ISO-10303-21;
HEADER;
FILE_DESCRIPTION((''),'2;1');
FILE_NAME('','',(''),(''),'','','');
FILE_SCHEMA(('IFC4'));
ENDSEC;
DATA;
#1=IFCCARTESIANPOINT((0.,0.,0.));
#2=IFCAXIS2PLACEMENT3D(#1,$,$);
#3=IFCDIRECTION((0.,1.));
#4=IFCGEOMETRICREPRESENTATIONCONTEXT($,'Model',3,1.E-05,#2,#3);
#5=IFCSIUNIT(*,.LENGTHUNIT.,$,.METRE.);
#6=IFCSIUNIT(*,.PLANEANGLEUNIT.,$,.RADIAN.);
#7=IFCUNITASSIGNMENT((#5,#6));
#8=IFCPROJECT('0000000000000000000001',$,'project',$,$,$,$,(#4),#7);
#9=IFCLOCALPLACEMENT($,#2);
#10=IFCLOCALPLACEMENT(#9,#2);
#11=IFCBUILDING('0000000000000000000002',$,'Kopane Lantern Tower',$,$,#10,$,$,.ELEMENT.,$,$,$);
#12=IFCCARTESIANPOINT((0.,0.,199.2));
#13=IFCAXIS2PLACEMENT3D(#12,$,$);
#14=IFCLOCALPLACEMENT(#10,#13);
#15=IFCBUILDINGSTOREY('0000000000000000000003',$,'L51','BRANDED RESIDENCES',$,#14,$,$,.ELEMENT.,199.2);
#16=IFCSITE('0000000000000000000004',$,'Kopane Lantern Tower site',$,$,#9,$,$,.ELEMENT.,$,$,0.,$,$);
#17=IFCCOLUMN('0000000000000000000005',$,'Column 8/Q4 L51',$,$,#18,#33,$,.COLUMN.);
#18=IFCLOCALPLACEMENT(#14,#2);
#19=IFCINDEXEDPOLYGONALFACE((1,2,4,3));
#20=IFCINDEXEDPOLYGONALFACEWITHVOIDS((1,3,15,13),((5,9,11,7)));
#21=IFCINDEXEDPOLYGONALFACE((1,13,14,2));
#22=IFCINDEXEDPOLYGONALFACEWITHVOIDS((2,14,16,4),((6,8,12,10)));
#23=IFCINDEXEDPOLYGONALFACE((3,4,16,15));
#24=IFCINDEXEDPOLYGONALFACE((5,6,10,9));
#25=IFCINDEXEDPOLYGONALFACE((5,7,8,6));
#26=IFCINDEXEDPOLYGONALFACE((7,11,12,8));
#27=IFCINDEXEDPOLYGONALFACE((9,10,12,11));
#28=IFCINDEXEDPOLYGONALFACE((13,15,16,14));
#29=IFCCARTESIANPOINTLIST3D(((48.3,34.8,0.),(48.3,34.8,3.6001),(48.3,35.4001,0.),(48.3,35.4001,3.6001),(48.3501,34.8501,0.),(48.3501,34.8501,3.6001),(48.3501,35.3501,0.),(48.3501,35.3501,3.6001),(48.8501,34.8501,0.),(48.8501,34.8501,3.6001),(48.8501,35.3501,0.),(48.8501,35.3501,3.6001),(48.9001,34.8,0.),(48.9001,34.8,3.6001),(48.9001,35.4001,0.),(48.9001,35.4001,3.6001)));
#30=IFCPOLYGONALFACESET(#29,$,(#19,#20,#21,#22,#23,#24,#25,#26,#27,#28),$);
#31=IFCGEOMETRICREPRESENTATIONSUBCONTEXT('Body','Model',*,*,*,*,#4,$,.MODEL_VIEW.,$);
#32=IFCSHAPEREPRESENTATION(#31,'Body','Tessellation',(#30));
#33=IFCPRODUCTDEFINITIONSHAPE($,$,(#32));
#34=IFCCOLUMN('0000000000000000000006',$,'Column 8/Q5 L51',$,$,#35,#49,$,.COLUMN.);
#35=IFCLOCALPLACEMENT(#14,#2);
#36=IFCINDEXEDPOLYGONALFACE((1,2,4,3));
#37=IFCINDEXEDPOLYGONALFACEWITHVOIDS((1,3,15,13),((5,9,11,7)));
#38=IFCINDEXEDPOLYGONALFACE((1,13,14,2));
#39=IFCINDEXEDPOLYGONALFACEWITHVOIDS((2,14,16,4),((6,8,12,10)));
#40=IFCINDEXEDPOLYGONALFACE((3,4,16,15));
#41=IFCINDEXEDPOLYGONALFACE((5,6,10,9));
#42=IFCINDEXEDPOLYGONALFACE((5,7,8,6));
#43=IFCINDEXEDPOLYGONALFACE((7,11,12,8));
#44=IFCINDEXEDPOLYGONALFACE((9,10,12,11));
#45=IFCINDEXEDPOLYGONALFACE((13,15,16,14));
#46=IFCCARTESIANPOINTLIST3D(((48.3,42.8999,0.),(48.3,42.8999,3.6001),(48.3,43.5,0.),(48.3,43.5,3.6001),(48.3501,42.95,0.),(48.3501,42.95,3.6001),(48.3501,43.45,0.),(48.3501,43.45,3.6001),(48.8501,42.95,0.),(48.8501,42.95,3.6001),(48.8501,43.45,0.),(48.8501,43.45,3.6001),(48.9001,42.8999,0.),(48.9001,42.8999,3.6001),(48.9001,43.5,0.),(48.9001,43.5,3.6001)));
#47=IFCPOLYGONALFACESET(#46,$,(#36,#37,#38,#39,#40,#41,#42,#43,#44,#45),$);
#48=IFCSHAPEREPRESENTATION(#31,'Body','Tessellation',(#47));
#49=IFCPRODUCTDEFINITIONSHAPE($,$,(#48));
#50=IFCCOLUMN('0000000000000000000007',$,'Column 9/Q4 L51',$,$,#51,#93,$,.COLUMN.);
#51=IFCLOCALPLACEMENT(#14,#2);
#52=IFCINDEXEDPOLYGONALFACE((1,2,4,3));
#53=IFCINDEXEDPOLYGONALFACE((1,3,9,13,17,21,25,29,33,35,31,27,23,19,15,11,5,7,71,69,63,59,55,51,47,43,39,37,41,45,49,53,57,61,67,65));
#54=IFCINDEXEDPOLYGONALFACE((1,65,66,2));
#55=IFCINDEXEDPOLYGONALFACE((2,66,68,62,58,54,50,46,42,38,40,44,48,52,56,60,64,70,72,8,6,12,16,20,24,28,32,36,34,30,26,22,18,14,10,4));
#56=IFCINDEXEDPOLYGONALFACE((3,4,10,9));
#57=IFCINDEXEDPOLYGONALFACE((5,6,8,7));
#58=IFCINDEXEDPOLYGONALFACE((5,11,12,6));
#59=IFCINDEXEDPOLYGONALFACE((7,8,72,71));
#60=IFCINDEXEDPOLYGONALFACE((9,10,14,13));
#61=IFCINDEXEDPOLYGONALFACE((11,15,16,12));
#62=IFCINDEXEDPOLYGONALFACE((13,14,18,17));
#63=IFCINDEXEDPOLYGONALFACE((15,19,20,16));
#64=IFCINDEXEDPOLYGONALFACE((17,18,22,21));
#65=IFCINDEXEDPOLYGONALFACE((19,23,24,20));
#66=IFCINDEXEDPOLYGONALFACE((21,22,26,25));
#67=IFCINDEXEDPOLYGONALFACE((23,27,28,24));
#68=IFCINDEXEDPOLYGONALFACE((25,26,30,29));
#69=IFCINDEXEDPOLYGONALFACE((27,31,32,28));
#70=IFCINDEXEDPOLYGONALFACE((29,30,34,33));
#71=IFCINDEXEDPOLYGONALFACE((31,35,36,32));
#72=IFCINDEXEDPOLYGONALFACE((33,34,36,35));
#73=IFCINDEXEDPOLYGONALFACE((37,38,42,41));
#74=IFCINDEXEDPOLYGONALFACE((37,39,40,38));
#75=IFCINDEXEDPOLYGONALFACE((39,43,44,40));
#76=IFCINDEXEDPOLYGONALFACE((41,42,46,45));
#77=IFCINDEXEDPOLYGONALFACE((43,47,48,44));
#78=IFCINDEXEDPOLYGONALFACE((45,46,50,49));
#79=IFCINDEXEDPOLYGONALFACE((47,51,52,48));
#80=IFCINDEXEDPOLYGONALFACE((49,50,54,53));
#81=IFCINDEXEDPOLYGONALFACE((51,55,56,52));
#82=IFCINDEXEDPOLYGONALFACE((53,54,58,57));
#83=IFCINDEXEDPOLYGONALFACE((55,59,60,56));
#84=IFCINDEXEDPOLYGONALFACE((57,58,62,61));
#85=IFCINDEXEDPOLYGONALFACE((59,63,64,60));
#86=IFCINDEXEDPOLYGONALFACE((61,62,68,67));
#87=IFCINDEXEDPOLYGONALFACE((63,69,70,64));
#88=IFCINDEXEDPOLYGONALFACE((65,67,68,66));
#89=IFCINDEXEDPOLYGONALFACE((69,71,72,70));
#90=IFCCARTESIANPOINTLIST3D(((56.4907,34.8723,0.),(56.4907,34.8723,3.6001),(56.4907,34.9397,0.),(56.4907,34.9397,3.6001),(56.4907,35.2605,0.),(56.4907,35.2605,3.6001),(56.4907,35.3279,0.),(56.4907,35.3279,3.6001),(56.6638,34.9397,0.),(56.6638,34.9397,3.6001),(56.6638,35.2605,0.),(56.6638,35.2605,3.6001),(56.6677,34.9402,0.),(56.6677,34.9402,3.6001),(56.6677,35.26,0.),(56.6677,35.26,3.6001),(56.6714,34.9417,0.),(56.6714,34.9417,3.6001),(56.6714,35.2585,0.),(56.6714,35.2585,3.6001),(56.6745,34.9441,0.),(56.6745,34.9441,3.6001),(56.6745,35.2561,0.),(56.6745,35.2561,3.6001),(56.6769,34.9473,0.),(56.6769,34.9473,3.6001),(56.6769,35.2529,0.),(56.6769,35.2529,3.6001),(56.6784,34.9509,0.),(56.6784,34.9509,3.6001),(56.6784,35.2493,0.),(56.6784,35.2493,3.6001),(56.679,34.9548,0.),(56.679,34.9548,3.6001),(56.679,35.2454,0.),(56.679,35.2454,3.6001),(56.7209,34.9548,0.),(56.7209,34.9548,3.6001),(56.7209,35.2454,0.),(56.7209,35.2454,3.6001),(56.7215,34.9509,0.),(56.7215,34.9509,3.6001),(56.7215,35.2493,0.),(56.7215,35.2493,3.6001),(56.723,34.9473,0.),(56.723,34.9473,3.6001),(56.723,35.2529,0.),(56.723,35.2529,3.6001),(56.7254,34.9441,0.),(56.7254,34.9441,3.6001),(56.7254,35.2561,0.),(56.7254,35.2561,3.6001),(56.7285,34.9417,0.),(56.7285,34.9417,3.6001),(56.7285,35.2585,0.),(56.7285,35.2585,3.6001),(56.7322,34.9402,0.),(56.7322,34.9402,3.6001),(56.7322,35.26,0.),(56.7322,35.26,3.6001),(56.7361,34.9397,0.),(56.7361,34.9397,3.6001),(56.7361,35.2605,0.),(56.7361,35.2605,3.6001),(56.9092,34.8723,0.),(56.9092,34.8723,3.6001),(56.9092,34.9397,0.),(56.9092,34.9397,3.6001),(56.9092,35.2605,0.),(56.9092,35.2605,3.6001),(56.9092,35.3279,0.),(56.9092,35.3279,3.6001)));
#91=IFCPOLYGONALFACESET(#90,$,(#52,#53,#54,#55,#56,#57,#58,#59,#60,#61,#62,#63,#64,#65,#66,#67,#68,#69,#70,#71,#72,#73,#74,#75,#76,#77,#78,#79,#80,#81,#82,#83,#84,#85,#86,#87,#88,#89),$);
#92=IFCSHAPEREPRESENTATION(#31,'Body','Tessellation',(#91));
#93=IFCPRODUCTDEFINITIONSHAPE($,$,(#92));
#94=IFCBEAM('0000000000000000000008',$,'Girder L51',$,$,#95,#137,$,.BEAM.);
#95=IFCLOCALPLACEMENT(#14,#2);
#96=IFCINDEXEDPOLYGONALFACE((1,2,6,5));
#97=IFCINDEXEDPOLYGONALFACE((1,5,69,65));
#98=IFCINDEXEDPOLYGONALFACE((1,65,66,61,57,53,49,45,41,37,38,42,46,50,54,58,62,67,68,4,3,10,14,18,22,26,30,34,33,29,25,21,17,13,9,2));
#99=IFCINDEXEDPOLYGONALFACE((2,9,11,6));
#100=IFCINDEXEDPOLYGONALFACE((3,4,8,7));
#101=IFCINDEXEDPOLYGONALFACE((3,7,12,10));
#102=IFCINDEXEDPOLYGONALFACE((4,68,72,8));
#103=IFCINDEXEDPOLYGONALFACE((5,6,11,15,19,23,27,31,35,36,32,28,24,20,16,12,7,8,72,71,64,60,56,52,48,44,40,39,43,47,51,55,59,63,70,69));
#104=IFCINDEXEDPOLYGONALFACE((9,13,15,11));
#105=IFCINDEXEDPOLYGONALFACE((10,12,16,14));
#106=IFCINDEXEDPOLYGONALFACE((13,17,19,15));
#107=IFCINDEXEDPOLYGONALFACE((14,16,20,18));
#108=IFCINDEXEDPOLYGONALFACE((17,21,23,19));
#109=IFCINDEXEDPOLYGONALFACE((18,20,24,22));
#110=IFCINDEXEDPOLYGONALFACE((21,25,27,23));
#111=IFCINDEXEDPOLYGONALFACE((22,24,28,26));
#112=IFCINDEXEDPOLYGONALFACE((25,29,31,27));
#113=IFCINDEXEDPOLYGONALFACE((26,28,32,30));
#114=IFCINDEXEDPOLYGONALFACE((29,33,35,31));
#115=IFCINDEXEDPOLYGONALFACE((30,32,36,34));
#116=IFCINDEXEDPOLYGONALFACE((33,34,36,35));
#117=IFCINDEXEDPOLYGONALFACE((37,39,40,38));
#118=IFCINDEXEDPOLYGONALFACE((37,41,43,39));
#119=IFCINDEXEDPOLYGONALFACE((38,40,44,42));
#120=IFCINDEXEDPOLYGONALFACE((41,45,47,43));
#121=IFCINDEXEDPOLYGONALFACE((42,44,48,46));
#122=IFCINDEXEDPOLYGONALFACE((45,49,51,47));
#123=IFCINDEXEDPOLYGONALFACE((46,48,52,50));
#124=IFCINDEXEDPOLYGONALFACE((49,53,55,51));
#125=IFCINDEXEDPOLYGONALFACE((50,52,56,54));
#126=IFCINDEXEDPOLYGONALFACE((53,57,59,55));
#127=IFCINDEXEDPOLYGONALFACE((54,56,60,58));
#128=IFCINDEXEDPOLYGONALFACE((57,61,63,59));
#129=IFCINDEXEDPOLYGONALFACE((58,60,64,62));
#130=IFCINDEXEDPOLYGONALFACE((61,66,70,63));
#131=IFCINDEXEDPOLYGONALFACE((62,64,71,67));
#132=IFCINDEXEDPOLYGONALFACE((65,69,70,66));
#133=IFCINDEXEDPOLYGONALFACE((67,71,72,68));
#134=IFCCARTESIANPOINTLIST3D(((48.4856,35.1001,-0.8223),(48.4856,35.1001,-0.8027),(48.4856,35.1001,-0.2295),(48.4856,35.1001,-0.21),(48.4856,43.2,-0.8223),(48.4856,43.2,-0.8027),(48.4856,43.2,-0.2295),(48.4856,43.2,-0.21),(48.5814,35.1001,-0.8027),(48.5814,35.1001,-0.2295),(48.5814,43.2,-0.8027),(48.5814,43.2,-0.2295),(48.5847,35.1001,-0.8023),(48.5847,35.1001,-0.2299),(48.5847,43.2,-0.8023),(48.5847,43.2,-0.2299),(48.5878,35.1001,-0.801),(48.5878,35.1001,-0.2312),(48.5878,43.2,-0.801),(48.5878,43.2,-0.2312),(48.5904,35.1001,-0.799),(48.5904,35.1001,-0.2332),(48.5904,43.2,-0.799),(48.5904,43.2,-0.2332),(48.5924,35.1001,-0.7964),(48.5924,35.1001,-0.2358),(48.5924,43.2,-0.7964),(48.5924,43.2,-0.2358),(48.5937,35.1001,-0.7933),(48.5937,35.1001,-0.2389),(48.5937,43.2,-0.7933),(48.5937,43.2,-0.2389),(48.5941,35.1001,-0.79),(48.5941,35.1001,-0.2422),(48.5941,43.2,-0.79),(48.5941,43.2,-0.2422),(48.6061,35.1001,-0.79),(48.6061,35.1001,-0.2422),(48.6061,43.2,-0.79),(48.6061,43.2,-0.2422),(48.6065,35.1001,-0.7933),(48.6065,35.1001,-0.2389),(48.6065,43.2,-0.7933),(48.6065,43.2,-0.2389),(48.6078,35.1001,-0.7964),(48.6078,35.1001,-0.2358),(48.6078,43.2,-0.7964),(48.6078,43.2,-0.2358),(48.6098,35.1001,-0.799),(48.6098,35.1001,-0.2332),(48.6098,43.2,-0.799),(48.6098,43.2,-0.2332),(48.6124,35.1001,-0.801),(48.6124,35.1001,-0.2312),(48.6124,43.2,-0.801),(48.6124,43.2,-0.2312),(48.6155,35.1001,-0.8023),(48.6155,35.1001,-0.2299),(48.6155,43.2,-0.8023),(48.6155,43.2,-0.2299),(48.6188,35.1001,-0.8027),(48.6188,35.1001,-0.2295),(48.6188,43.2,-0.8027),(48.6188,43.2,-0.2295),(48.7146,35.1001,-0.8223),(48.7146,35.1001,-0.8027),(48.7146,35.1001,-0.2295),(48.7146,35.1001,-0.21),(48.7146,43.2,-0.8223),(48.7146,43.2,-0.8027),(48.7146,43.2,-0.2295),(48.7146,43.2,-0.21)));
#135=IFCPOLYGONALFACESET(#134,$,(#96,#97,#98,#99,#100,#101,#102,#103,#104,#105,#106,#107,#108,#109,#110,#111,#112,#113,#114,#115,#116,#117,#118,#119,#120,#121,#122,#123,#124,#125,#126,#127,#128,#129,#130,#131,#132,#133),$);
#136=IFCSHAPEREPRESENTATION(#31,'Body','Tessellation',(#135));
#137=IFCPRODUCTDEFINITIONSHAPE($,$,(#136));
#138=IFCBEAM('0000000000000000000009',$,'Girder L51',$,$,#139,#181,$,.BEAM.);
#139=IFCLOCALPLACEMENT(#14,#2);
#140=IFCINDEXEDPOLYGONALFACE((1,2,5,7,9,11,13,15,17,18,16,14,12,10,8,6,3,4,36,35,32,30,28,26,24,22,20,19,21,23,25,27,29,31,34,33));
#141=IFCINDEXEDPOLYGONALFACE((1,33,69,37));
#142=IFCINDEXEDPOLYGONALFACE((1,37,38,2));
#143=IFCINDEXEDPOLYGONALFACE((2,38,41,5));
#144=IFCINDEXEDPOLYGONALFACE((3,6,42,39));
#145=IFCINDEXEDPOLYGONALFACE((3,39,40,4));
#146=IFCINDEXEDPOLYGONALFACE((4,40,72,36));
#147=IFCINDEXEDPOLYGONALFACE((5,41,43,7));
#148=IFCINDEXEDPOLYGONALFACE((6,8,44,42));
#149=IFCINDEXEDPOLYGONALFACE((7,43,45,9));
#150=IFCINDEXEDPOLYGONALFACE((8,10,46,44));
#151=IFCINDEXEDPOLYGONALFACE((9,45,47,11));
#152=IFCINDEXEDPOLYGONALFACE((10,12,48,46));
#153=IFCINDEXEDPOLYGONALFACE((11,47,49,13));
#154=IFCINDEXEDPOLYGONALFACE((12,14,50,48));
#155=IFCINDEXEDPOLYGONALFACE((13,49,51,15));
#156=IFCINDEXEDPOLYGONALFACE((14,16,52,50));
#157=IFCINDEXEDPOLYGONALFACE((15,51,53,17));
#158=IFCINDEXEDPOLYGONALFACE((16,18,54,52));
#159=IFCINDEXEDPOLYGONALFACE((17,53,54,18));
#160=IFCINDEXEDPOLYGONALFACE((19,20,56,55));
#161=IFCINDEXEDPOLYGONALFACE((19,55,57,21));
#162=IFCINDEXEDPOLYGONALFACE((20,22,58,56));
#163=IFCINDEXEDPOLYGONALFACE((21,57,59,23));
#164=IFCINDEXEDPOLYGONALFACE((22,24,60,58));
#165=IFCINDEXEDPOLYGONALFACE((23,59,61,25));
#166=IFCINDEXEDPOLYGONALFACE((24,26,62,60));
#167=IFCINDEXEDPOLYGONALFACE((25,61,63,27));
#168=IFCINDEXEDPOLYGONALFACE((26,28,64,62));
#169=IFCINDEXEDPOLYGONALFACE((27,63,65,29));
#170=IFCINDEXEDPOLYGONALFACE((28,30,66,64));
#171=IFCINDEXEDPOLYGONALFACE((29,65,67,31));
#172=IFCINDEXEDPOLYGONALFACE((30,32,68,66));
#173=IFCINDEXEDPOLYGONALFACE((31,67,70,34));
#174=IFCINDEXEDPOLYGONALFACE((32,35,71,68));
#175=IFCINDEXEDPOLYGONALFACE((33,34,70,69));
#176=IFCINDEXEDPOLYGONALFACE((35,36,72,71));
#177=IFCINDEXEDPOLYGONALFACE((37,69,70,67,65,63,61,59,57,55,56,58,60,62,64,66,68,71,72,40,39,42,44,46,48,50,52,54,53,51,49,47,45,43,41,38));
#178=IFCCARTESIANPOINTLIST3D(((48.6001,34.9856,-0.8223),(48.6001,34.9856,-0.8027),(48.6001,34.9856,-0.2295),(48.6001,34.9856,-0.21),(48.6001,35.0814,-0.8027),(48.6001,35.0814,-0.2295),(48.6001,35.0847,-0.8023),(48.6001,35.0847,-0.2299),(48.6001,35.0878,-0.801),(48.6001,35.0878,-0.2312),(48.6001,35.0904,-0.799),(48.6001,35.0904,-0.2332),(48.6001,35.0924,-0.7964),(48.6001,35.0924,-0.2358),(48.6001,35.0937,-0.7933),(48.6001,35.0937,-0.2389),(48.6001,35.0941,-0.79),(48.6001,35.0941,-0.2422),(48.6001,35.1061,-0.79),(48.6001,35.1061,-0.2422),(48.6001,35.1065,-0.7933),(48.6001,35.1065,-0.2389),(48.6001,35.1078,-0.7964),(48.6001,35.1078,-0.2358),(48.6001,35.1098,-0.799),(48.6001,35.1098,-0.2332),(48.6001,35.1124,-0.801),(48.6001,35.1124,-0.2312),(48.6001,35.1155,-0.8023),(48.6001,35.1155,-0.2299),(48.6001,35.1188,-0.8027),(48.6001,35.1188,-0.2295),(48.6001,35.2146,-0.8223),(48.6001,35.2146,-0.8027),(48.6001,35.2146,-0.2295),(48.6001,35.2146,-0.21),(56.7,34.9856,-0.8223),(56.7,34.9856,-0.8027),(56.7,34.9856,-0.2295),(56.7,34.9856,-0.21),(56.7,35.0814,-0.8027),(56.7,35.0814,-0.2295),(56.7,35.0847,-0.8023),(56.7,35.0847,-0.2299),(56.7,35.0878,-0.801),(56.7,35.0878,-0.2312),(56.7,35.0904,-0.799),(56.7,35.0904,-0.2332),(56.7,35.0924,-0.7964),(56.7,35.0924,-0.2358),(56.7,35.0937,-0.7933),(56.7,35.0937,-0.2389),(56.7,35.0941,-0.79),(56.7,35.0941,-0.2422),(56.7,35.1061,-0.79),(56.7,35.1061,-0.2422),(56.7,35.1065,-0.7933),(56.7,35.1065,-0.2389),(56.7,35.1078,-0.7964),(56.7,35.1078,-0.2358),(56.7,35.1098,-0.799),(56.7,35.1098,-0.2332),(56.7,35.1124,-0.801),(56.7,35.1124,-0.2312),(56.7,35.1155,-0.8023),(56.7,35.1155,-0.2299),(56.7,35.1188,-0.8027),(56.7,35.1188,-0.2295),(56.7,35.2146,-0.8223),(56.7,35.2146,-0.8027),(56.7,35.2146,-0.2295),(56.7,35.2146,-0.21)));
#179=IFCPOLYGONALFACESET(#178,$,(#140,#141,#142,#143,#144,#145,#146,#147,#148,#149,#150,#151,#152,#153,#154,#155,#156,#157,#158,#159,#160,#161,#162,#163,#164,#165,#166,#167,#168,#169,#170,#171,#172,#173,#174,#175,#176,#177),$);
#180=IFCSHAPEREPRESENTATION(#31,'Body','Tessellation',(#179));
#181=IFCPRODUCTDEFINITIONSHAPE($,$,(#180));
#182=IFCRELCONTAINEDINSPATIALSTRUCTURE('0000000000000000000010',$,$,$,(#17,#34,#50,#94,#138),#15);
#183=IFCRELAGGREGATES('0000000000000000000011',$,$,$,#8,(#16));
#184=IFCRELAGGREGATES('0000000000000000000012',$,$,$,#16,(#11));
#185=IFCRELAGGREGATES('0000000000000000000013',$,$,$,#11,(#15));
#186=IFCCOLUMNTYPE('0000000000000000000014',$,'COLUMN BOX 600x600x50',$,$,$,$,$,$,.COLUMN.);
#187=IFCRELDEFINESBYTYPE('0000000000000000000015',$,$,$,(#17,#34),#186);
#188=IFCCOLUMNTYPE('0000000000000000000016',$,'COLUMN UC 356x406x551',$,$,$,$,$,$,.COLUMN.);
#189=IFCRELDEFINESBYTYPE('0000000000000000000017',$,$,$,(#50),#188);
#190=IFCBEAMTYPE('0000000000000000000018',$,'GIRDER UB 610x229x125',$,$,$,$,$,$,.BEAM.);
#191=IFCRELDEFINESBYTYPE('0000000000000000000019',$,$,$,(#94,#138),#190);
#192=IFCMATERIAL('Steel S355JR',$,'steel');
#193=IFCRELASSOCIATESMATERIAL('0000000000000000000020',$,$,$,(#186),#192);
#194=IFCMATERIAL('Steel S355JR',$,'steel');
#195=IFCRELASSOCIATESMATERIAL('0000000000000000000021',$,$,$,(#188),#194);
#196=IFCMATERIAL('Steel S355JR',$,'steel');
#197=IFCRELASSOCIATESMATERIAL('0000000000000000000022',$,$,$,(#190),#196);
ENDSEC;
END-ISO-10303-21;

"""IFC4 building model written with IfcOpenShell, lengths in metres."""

from ifc_helpers import new_model, si_unit, direction, frame, origin, origin_2d, place, context, subcontext, project, spatial, hollow_rectangle, i_section, extrude, material, material_profile, profile_set, type_object, element, save


model = new_model("IFC4")

# Units and contexts
model_context = context("Model", 3, precision=1e-05, world=origin(), true_north=direction((0.0, 1.0)))
body_context = subcontext(model_context, "Body", "Model", "MODEL_VIEW")
ifc_project = project(units=[si_unit("LENGTHUNIT", "METRE"), si_unit("PLANEANGLEUNIT", "RADIAN")], contexts=[model_context])

# Site, building, storey
site_placement = place(None, origin())
site = spatial("IfcSite", under=ifc_project, at=site_placement, Name="Kopane Lantern Tower site", CompositionType="ELEMENT", RefElevation=0.0)
building_placement = place(site_placement, origin())
building = spatial("IfcBuilding", under=site, at=building_placement, Name="Kopane Lantern Tower", CompositionType="ELEMENT")
storey_placement = place(building_placement, frame((0.0, 0.0, 199.2)))
storey = spatial("IfcBuildingStorey", under=building, at=storey_placement, Name="L51", Description="BRANDED RESIDENCES", CompositionType="ELEMENT", Elevation=199.2)

# Columns
ifc_material_1 = material(Name="Steel S355JR", Category="steel")
ifc_material_profile_1 = material_profile(ifc_material_1, hollow_rectangle(XDim=0.6001, YDim=0.6001, WallThickness=0.05, at=origin_2d()), Name="BOX 600x600x50")
ifc_profile_set_1 = profile_set([ifc_material_profile_1], Name="Steel S355JR")
column_type_1 = type_object("IfcColumnType", Name="COLUMN BOX 600x600x50", PredefinedType="COLUMN", material=ifc_profile_set_1)
for number, where, z_axis, x_axis, name in (
    (1, (48.6001, 35.1001, 0.0), (0.0, 0.0, 1.0), (1.0, 0.0, 0.0), "Column 8/Q4 L51"),
    (2, (48.6001, 43.2, 0.0), (0.0, 0.0, 1.0), (1.0, 0.0, 0.0), "Column 8/Q5 L51"),
):
    element("IfcColumn", number, at=place(storey_placement, frame(where, z_axis=z_axis, x_axis=x_axis)), inside=storey, type_object=column_type_1, Name=name, PredefinedType="COLUMN", context=body_context, shape_type="SweptSolid", body=[
        extrude(hollow_rectangle(XDim=0.6001, YDim=0.6001, WallThickness=0.05, at=origin_2d()), origin(), (0.0, 0.0, 1.0), 3.6001),
    ])
ifc_material_2 = material(Name="Steel S355JR", Category="steel")
ifc_material_profile_2 = material_profile(ifc_material_2, i_section(OverallWidth=0.4185, OverallDepth=0.4556, WebThickness=0.042, FlangeThickness=0.0674, FilletRadius=0.0151, at=origin_2d()), Name="UC 356x406x551")
ifc_profile_set_2 = profile_set([ifc_material_profile_2], Name="Steel S355JR")
column_type_2 = type_object("IfcColumnType", Name="COLUMN UC 356x406x551", PredefinedType="COLUMN", material=ifc_profile_set_2)
column_placement = place(storey_placement, frame((56.7, 35.1001, 0.0), z_axis=(0.0, 0.0, 1.0), x_axis=(1.0, 0.0, 0.0)))
element("IfcColumn", 3, at=column_placement, inside=storey, type_object=column_type_2, Name="Column 9/Q4 L51", PredefinedType="COLUMN", context=body_context, shape_type="SweptSolid", body=[
    extrude(i_section(OverallWidth=0.4185, OverallDepth=0.4556, WebThickness=0.042, FlangeThickness=0.0674, FilletRadius=0.0151, at=origin_2d()), origin(), (0.0, 0.0, 1.0), 3.6001),
])

# Beams
ifc_material_3 = material(Name="Steel S355JR", Category="steel")
ifc_material_profile_3 = material_profile(ifc_material_3, i_section(OverallWidth=0.229, OverallDepth=0.6123, WebThickness=0.012, FlangeThickness=0.0195, FilletRadius=0.0127, at=origin_2d()), Name="UB 610x229x125")
ifc_profile_set_3 = profile_set([ifc_material_profile_3], Name="Steel S355JR")
beam_type = type_object("IfcBeamType", Name="GIRDER UB 610x229x125", PredefinedType="BEAM", material=ifc_profile_set_3)
for number, where, z_axis, x_axis, name in (
    (4, (48.6001, 35.1001, -0.5161), (0.0, 1.0, 0.0), (-1.0, 0.0, 0.0), "Girder L51"),
    (5, (48.6001, 35.1001, -0.5161), (1.0, 0.0, 0.0), (0.0, 1.0, 0.0), "Girder L51"),
):
    element("IfcBeam", number, at=place(storey_placement, frame(where, z_axis=z_axis, x_axis=x_axis)), inside=storey, type_object=beam_type, Name=name, PredefinedType="BEAM", context=body_context, shape_type="SweptSolid", body=[
        extrude(i_section(OverallWidth=0.229, OverallDepth=0.6123, WebThickness=0.012, FlangeThickness=0.0195, FilletRadius=0.0127, at=origin_2d()), origin(), (0.0, 0.0, 1.0), 8.0999),
    ])

save(model, "model.ifc")
